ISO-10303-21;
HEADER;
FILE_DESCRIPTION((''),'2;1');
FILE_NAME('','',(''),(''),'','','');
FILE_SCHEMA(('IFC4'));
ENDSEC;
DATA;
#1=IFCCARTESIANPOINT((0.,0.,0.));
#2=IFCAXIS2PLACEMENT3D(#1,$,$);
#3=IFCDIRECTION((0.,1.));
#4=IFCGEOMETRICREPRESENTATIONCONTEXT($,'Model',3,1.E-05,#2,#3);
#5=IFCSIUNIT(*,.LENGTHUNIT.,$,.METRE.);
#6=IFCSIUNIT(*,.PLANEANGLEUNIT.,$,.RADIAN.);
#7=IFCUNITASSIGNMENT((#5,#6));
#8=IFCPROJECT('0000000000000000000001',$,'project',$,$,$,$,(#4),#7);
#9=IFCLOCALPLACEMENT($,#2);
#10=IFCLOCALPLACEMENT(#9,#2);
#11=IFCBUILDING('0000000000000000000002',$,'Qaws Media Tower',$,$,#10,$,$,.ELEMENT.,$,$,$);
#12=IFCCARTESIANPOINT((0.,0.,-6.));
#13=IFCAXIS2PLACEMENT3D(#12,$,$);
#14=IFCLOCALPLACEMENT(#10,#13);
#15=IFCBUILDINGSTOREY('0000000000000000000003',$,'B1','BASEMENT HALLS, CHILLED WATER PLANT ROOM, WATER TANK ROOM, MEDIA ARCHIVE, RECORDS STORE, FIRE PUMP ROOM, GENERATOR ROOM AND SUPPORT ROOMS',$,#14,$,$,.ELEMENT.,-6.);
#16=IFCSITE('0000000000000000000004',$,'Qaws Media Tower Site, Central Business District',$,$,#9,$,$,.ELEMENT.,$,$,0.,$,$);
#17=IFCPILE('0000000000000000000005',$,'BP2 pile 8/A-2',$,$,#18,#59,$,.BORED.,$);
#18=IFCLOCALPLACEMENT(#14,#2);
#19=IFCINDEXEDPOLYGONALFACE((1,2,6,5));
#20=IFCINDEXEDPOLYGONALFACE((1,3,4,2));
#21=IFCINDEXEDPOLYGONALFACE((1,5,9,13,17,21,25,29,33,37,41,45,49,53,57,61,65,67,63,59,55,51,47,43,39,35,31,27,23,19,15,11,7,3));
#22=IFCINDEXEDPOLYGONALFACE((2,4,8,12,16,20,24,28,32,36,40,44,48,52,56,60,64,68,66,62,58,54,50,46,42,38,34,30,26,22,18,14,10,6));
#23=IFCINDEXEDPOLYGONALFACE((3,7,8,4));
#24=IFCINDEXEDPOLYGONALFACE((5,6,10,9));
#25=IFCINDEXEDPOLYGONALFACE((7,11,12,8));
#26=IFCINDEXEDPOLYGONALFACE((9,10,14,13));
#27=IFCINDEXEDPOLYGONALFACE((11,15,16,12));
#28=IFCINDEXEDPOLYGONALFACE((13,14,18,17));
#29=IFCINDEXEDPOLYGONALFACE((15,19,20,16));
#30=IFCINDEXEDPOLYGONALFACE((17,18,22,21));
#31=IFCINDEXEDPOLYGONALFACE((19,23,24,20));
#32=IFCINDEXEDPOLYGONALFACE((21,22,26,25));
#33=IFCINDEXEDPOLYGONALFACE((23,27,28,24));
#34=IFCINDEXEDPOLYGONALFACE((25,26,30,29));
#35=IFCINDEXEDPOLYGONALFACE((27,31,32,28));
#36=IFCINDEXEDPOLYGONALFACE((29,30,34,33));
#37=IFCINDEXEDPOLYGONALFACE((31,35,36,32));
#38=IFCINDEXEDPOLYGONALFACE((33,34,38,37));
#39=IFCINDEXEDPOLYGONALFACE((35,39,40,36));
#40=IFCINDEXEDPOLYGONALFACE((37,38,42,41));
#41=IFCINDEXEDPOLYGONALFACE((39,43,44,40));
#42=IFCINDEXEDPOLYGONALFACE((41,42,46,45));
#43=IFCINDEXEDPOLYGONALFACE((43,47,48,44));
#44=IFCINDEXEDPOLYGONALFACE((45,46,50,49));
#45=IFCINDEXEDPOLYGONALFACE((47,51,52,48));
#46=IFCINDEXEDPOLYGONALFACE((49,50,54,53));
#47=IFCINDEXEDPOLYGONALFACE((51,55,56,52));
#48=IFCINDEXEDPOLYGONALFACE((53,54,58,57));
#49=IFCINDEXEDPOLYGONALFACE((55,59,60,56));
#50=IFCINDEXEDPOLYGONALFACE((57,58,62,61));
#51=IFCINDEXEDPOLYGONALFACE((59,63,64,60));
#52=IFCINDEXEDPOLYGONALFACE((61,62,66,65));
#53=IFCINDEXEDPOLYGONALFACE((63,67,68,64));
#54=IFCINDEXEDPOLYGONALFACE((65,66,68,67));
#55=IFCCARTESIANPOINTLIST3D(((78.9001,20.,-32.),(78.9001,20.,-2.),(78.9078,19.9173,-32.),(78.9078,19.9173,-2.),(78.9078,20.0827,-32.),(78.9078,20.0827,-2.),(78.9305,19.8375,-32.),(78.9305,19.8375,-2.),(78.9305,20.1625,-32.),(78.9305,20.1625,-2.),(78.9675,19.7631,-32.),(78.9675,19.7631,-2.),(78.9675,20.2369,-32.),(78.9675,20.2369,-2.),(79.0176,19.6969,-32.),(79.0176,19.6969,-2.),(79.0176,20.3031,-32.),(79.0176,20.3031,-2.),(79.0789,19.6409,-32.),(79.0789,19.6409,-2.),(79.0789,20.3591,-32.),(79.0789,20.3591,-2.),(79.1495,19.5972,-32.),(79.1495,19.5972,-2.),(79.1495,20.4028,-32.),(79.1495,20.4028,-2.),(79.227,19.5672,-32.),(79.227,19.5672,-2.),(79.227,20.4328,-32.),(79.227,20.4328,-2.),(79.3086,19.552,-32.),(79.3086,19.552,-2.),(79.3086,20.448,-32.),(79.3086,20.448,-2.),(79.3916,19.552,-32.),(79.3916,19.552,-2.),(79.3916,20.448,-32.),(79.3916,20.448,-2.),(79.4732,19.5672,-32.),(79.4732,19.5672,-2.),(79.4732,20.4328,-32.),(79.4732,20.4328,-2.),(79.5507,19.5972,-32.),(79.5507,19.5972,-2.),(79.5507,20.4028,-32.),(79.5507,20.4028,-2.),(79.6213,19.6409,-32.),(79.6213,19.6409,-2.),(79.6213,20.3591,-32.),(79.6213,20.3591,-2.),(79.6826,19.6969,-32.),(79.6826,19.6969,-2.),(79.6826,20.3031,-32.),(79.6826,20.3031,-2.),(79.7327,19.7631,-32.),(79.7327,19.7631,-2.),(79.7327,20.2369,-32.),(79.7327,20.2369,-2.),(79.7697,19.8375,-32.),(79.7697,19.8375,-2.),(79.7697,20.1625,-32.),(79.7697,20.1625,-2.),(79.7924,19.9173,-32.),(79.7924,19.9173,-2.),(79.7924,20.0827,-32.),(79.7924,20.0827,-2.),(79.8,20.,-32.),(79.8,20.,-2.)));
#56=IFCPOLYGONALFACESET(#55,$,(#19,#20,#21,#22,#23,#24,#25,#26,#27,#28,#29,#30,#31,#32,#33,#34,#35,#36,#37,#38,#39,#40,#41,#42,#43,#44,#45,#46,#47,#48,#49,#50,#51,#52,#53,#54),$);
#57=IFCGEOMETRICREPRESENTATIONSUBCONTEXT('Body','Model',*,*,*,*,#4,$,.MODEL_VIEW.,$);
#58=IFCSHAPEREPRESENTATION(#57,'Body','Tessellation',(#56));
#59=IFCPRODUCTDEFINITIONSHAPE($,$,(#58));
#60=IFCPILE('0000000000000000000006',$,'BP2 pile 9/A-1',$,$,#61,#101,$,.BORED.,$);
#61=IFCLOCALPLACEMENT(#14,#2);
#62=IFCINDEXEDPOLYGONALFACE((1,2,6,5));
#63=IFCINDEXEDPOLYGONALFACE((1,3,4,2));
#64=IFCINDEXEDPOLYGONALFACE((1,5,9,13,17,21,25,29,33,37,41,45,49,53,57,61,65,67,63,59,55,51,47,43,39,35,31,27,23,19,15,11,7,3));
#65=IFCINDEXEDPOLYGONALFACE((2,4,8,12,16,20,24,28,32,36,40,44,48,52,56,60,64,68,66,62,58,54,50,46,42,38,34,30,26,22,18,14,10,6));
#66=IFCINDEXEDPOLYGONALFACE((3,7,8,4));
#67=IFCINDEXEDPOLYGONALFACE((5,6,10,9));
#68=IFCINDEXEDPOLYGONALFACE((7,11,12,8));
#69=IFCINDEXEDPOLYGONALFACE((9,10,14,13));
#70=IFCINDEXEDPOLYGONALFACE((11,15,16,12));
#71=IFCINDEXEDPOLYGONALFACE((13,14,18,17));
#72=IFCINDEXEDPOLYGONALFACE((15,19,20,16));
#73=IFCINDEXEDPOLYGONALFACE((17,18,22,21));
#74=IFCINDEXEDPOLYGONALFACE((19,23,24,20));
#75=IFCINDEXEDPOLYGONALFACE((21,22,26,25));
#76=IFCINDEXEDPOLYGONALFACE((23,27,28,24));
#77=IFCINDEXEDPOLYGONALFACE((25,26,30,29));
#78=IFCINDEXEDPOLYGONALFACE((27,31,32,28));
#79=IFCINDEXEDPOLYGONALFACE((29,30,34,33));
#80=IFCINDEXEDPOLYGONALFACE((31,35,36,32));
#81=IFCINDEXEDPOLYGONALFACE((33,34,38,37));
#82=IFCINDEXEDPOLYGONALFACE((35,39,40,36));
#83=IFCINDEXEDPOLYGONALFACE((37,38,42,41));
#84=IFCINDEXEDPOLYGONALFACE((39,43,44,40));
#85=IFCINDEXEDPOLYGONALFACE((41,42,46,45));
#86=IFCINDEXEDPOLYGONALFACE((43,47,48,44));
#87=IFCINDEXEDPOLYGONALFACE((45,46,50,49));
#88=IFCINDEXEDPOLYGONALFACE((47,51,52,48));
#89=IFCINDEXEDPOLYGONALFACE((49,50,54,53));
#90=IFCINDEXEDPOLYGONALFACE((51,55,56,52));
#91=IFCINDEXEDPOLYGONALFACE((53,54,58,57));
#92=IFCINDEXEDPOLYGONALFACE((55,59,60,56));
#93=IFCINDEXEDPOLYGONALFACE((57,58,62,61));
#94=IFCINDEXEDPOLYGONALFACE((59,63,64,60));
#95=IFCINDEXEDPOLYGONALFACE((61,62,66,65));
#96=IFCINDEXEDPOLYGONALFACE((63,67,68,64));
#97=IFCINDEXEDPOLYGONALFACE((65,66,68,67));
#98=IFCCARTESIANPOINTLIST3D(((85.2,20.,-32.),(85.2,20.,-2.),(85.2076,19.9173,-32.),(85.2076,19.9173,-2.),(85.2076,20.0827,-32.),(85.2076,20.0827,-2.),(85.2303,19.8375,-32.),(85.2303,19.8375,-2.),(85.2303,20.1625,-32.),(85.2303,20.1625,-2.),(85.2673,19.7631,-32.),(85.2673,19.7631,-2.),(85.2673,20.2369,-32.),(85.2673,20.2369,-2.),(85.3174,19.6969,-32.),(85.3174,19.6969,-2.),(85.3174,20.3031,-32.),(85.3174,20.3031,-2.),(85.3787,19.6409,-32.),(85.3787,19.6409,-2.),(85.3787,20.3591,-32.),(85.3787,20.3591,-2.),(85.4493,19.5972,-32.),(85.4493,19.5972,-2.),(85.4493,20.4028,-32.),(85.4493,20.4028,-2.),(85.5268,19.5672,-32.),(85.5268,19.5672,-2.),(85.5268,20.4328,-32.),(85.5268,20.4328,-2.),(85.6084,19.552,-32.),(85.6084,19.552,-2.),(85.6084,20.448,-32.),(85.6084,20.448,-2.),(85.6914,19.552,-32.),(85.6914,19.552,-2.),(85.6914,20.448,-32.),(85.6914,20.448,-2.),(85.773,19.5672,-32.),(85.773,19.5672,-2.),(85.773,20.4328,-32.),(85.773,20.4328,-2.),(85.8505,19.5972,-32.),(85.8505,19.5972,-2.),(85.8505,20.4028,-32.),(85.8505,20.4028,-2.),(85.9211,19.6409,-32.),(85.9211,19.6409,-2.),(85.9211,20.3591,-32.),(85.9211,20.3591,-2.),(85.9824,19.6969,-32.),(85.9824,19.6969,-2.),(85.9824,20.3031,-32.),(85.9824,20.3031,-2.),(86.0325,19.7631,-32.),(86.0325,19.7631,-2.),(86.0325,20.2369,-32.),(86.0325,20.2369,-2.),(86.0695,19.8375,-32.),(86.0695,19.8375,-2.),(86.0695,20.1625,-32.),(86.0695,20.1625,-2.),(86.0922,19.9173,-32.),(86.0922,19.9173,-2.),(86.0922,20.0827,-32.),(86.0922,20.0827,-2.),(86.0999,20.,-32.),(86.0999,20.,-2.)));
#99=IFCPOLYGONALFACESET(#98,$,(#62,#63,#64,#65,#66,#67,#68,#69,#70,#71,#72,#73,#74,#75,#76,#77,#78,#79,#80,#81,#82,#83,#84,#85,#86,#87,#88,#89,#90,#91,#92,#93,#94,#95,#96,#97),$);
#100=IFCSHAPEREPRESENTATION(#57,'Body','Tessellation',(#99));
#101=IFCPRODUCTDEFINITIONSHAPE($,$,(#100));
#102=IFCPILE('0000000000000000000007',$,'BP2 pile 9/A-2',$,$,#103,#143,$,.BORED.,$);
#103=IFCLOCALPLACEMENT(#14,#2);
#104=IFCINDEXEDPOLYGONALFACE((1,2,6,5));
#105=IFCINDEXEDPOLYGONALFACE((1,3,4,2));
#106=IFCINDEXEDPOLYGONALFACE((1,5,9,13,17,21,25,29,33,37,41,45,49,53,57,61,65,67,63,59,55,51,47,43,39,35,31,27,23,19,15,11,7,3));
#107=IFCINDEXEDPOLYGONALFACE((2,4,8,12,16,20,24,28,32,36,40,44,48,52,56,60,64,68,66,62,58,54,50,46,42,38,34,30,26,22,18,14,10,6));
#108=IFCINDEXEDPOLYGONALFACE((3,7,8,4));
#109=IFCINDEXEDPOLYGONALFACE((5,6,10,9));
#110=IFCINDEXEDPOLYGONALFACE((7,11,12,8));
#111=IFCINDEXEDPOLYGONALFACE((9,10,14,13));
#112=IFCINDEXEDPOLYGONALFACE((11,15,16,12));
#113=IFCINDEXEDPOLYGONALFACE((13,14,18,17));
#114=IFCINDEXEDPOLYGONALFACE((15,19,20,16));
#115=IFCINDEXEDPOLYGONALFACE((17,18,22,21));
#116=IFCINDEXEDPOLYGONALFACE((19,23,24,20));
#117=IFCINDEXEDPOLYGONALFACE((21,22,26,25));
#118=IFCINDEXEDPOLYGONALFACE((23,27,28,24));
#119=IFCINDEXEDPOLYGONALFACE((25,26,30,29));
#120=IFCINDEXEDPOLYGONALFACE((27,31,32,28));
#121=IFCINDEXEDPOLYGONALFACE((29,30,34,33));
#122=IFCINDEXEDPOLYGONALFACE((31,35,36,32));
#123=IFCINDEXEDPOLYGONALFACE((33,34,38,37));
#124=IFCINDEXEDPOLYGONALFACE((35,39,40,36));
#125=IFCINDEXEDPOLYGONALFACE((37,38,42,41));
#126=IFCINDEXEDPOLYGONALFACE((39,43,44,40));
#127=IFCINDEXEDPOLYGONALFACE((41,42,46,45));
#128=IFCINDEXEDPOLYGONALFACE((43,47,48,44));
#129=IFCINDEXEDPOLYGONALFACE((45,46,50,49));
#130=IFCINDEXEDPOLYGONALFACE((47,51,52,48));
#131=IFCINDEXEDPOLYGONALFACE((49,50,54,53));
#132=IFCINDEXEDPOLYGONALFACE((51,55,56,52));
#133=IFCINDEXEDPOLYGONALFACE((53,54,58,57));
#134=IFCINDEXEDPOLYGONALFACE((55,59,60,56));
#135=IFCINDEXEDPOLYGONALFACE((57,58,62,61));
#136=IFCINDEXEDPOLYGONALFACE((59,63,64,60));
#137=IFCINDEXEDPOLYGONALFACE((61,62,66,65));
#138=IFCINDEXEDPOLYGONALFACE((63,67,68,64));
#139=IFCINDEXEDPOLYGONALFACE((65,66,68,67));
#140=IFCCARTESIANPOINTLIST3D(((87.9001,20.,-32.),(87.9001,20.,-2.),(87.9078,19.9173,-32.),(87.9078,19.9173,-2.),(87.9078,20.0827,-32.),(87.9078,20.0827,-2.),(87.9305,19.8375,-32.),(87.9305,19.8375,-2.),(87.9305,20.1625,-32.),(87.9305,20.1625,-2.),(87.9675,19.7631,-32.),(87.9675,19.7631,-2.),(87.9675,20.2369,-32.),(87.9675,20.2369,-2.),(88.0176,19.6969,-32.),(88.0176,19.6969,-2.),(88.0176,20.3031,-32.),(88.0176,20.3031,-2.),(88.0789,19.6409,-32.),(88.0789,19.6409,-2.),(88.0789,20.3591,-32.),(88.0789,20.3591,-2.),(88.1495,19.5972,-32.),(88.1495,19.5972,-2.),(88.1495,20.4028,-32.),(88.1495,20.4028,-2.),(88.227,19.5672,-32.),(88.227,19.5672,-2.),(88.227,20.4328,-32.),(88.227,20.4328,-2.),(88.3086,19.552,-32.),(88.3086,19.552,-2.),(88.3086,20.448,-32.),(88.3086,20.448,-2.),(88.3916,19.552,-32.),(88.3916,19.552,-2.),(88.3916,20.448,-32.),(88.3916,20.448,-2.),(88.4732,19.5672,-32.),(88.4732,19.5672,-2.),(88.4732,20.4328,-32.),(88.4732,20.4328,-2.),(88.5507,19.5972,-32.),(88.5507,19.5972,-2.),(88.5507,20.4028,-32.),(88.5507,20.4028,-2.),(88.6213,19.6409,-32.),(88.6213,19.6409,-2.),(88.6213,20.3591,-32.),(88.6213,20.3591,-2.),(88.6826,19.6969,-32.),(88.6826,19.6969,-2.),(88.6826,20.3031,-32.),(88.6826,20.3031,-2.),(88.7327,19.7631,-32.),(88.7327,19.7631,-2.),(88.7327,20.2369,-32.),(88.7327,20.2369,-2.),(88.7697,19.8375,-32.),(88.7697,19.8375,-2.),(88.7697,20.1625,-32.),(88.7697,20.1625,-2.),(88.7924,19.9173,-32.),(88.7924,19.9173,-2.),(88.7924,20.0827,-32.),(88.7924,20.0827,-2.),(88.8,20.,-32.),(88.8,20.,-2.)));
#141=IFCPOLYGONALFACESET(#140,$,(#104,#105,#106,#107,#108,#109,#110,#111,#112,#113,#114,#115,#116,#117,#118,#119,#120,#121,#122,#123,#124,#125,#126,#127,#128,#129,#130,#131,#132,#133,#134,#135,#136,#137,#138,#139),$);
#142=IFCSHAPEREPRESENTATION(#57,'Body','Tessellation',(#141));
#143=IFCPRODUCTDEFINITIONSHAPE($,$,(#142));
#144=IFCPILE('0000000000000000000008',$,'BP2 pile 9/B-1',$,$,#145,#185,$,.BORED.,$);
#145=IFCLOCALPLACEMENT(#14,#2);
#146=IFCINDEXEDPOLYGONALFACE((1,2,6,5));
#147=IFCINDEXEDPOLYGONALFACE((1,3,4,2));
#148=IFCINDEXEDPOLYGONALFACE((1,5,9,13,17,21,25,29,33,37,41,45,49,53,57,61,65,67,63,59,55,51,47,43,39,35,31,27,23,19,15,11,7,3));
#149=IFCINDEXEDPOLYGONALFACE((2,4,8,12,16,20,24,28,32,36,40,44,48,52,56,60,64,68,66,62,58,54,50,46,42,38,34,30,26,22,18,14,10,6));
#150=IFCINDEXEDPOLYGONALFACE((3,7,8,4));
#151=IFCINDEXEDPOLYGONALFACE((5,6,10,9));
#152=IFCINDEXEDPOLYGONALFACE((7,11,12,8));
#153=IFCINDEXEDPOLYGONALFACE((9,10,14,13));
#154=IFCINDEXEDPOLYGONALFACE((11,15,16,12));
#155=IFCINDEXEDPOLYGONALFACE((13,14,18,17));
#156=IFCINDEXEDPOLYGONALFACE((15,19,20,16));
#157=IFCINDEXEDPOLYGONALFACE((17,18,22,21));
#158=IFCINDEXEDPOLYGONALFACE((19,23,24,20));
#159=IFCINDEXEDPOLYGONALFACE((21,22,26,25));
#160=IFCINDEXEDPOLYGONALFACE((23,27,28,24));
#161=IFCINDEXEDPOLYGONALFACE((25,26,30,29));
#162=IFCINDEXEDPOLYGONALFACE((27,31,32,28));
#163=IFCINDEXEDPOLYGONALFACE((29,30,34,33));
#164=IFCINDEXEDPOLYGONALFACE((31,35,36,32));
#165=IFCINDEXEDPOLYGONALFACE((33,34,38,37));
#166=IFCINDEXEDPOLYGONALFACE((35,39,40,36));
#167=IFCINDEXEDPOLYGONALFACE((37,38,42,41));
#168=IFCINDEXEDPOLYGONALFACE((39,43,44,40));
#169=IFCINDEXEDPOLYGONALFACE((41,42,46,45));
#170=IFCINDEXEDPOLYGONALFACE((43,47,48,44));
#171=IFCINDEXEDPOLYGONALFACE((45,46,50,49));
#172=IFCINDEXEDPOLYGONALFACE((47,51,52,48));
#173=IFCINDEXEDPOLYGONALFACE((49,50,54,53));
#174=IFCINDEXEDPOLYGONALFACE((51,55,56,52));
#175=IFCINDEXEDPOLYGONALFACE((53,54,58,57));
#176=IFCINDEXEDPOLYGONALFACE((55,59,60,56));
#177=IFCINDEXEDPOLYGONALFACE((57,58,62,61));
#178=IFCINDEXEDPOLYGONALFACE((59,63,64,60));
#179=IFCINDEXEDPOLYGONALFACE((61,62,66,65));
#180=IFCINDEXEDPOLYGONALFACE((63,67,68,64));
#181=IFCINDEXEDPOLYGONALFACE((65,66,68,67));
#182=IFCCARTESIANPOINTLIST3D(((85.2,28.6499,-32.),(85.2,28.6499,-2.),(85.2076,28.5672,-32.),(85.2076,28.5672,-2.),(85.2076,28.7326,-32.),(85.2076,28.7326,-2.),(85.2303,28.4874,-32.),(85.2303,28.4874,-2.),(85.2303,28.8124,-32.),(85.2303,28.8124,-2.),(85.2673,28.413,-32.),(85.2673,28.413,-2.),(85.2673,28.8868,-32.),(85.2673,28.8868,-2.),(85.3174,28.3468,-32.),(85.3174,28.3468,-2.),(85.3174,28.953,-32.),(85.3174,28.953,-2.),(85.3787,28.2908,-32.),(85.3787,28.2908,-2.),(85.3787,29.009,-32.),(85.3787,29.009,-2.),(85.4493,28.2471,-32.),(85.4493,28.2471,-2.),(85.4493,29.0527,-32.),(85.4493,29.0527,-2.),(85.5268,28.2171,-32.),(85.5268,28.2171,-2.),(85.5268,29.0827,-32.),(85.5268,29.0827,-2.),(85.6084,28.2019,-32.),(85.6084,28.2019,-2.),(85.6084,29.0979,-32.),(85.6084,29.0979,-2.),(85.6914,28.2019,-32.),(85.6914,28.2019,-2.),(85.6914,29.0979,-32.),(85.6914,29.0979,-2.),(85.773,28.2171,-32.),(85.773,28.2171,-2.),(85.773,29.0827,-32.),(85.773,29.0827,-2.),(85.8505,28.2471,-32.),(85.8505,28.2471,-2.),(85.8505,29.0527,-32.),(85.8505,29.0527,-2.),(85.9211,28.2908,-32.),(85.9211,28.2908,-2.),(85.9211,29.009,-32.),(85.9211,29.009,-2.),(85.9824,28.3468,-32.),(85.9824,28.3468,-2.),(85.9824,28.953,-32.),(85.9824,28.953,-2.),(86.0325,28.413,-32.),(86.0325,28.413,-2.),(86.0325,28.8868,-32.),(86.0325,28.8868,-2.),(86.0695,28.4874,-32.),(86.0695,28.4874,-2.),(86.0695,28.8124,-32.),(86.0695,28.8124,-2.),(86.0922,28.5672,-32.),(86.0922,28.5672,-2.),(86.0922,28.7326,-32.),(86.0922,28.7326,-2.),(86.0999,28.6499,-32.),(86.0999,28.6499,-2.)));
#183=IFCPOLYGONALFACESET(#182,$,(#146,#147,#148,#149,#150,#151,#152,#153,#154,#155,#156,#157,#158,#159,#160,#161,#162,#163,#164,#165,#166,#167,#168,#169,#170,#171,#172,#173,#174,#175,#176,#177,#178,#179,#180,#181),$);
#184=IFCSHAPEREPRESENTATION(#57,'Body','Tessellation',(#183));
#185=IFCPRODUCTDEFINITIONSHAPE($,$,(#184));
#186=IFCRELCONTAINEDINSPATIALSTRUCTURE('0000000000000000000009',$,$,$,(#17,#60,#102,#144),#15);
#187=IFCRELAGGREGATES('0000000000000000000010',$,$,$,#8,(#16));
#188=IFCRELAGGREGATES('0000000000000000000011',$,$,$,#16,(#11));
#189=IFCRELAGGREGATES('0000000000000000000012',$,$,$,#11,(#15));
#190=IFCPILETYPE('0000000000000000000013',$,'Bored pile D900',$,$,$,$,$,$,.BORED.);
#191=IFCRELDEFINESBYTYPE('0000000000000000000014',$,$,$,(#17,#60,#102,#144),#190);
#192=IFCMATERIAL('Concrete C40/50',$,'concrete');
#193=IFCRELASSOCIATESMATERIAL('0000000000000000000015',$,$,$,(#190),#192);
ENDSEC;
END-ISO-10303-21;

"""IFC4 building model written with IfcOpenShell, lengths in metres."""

from ifc_helpers import new_model, si_unit, direction, frame, origin, origin_2d, place, context, subcontext, project, spatial, circle, extrude, material, material_profile, profile_set, type_object, element, save


model = new_model("IFC4")

# Units and contexts
model_context = context("Model", 3, precision=1e-05, world=origin(), true_north=direction((0.0, 1.0)))
body_context = subcontext(model_context, "Body", "Model", "MODEL_VIEW")
ifc_project = project(units=[si_unit("LENGTHUNIT", "METRE"), si_unit("PLANEANGLEUNIT", "RADIAN")], contexts=[model_context])

# Site, building, storey
site_placement = place(None, origin())
site = spatial("IfcSite", under=ifc_project, at=site_placement, Name="Qaws Media Tower Site, Central Business District", CompositionType="ELEMENT", RefElevation=0.0)
building_placement = place(site_placement, origin())
building = spatial("IfcBuilding", under=site, at=building_placement, Name="Qaws Media Tower", CompositionType="ELEMENT")
storey_placement = place(building_placement, frame((0.0, 0.0, -6.0)))
storey = spatial("IfcBuildingStorey", under=building, at=storey_placement, Name="B1", Description="BASEMENT HALLS, CHILLED WATER PLANT ROOM, WATER TANK ROOM, MEDIA ARCHIVE, RECORDS STORE, FIRE PUMP ROOM, GENERATOR ROOM AND SUPPORT ROOMS", CompositionType="ELEMENT", Elevation=-6.0)

# Piles
ifc_material_1 = material(Name="Concrete C40/50", Category="concrete")
ifc_material_profile_1 = material_profile(ifc_material_1, circle(Radius=0.45, at=origin_2d()), Name="D900")
ifc_profile_set_1 = profile_set([ifc_material_profile_1], Name="Concrete C40/50")
pile_type = type_object("IfcPileType", Name="Bored pile D900", PredefinedType="BORED", material=ifc_profile_set_1)
for number, where, z_axis, x_axis, name in (
    (1, (79.3501, 20.0, -2.0), (0.0, 0.0, -1.0), (1.0, 0.0, 0.0), "BP2 pile 8/A-2"),
    (2, (85.6499, 20.0, -2.0), (0.0, 0.0, -1.0), (1.0, 0.0, 0.0), "BP2 pile 9/A-1"),
    (3, (88.3501, 20.0, -2.0), (0.0, 0.0, -1.0), (1.0, 0.0, 0.0), "BP2 pile 9/A-2"),
    (4, (85.6499, 28.6499, -2.0), (0.0, 0.0, -1.0), (1.0, 0.0, 0.0), "BP2 pile 9/B-1"),
):
    element("IfcPile", number, at=place(storey_placement, frame(where, z_axis=z_axis, x_axis=x_axis)), inside=storey, type_object=pile_type, Name=name, PredefinedType="BORED", context=body_context, shape_type="SweptSolid", body=[
        extrude(circle(Radius=0.45, at=origin_2d()), origin(), (0.0, 0.0, 1.0), 30.0),
    ])

save(model, "model.ifc")
